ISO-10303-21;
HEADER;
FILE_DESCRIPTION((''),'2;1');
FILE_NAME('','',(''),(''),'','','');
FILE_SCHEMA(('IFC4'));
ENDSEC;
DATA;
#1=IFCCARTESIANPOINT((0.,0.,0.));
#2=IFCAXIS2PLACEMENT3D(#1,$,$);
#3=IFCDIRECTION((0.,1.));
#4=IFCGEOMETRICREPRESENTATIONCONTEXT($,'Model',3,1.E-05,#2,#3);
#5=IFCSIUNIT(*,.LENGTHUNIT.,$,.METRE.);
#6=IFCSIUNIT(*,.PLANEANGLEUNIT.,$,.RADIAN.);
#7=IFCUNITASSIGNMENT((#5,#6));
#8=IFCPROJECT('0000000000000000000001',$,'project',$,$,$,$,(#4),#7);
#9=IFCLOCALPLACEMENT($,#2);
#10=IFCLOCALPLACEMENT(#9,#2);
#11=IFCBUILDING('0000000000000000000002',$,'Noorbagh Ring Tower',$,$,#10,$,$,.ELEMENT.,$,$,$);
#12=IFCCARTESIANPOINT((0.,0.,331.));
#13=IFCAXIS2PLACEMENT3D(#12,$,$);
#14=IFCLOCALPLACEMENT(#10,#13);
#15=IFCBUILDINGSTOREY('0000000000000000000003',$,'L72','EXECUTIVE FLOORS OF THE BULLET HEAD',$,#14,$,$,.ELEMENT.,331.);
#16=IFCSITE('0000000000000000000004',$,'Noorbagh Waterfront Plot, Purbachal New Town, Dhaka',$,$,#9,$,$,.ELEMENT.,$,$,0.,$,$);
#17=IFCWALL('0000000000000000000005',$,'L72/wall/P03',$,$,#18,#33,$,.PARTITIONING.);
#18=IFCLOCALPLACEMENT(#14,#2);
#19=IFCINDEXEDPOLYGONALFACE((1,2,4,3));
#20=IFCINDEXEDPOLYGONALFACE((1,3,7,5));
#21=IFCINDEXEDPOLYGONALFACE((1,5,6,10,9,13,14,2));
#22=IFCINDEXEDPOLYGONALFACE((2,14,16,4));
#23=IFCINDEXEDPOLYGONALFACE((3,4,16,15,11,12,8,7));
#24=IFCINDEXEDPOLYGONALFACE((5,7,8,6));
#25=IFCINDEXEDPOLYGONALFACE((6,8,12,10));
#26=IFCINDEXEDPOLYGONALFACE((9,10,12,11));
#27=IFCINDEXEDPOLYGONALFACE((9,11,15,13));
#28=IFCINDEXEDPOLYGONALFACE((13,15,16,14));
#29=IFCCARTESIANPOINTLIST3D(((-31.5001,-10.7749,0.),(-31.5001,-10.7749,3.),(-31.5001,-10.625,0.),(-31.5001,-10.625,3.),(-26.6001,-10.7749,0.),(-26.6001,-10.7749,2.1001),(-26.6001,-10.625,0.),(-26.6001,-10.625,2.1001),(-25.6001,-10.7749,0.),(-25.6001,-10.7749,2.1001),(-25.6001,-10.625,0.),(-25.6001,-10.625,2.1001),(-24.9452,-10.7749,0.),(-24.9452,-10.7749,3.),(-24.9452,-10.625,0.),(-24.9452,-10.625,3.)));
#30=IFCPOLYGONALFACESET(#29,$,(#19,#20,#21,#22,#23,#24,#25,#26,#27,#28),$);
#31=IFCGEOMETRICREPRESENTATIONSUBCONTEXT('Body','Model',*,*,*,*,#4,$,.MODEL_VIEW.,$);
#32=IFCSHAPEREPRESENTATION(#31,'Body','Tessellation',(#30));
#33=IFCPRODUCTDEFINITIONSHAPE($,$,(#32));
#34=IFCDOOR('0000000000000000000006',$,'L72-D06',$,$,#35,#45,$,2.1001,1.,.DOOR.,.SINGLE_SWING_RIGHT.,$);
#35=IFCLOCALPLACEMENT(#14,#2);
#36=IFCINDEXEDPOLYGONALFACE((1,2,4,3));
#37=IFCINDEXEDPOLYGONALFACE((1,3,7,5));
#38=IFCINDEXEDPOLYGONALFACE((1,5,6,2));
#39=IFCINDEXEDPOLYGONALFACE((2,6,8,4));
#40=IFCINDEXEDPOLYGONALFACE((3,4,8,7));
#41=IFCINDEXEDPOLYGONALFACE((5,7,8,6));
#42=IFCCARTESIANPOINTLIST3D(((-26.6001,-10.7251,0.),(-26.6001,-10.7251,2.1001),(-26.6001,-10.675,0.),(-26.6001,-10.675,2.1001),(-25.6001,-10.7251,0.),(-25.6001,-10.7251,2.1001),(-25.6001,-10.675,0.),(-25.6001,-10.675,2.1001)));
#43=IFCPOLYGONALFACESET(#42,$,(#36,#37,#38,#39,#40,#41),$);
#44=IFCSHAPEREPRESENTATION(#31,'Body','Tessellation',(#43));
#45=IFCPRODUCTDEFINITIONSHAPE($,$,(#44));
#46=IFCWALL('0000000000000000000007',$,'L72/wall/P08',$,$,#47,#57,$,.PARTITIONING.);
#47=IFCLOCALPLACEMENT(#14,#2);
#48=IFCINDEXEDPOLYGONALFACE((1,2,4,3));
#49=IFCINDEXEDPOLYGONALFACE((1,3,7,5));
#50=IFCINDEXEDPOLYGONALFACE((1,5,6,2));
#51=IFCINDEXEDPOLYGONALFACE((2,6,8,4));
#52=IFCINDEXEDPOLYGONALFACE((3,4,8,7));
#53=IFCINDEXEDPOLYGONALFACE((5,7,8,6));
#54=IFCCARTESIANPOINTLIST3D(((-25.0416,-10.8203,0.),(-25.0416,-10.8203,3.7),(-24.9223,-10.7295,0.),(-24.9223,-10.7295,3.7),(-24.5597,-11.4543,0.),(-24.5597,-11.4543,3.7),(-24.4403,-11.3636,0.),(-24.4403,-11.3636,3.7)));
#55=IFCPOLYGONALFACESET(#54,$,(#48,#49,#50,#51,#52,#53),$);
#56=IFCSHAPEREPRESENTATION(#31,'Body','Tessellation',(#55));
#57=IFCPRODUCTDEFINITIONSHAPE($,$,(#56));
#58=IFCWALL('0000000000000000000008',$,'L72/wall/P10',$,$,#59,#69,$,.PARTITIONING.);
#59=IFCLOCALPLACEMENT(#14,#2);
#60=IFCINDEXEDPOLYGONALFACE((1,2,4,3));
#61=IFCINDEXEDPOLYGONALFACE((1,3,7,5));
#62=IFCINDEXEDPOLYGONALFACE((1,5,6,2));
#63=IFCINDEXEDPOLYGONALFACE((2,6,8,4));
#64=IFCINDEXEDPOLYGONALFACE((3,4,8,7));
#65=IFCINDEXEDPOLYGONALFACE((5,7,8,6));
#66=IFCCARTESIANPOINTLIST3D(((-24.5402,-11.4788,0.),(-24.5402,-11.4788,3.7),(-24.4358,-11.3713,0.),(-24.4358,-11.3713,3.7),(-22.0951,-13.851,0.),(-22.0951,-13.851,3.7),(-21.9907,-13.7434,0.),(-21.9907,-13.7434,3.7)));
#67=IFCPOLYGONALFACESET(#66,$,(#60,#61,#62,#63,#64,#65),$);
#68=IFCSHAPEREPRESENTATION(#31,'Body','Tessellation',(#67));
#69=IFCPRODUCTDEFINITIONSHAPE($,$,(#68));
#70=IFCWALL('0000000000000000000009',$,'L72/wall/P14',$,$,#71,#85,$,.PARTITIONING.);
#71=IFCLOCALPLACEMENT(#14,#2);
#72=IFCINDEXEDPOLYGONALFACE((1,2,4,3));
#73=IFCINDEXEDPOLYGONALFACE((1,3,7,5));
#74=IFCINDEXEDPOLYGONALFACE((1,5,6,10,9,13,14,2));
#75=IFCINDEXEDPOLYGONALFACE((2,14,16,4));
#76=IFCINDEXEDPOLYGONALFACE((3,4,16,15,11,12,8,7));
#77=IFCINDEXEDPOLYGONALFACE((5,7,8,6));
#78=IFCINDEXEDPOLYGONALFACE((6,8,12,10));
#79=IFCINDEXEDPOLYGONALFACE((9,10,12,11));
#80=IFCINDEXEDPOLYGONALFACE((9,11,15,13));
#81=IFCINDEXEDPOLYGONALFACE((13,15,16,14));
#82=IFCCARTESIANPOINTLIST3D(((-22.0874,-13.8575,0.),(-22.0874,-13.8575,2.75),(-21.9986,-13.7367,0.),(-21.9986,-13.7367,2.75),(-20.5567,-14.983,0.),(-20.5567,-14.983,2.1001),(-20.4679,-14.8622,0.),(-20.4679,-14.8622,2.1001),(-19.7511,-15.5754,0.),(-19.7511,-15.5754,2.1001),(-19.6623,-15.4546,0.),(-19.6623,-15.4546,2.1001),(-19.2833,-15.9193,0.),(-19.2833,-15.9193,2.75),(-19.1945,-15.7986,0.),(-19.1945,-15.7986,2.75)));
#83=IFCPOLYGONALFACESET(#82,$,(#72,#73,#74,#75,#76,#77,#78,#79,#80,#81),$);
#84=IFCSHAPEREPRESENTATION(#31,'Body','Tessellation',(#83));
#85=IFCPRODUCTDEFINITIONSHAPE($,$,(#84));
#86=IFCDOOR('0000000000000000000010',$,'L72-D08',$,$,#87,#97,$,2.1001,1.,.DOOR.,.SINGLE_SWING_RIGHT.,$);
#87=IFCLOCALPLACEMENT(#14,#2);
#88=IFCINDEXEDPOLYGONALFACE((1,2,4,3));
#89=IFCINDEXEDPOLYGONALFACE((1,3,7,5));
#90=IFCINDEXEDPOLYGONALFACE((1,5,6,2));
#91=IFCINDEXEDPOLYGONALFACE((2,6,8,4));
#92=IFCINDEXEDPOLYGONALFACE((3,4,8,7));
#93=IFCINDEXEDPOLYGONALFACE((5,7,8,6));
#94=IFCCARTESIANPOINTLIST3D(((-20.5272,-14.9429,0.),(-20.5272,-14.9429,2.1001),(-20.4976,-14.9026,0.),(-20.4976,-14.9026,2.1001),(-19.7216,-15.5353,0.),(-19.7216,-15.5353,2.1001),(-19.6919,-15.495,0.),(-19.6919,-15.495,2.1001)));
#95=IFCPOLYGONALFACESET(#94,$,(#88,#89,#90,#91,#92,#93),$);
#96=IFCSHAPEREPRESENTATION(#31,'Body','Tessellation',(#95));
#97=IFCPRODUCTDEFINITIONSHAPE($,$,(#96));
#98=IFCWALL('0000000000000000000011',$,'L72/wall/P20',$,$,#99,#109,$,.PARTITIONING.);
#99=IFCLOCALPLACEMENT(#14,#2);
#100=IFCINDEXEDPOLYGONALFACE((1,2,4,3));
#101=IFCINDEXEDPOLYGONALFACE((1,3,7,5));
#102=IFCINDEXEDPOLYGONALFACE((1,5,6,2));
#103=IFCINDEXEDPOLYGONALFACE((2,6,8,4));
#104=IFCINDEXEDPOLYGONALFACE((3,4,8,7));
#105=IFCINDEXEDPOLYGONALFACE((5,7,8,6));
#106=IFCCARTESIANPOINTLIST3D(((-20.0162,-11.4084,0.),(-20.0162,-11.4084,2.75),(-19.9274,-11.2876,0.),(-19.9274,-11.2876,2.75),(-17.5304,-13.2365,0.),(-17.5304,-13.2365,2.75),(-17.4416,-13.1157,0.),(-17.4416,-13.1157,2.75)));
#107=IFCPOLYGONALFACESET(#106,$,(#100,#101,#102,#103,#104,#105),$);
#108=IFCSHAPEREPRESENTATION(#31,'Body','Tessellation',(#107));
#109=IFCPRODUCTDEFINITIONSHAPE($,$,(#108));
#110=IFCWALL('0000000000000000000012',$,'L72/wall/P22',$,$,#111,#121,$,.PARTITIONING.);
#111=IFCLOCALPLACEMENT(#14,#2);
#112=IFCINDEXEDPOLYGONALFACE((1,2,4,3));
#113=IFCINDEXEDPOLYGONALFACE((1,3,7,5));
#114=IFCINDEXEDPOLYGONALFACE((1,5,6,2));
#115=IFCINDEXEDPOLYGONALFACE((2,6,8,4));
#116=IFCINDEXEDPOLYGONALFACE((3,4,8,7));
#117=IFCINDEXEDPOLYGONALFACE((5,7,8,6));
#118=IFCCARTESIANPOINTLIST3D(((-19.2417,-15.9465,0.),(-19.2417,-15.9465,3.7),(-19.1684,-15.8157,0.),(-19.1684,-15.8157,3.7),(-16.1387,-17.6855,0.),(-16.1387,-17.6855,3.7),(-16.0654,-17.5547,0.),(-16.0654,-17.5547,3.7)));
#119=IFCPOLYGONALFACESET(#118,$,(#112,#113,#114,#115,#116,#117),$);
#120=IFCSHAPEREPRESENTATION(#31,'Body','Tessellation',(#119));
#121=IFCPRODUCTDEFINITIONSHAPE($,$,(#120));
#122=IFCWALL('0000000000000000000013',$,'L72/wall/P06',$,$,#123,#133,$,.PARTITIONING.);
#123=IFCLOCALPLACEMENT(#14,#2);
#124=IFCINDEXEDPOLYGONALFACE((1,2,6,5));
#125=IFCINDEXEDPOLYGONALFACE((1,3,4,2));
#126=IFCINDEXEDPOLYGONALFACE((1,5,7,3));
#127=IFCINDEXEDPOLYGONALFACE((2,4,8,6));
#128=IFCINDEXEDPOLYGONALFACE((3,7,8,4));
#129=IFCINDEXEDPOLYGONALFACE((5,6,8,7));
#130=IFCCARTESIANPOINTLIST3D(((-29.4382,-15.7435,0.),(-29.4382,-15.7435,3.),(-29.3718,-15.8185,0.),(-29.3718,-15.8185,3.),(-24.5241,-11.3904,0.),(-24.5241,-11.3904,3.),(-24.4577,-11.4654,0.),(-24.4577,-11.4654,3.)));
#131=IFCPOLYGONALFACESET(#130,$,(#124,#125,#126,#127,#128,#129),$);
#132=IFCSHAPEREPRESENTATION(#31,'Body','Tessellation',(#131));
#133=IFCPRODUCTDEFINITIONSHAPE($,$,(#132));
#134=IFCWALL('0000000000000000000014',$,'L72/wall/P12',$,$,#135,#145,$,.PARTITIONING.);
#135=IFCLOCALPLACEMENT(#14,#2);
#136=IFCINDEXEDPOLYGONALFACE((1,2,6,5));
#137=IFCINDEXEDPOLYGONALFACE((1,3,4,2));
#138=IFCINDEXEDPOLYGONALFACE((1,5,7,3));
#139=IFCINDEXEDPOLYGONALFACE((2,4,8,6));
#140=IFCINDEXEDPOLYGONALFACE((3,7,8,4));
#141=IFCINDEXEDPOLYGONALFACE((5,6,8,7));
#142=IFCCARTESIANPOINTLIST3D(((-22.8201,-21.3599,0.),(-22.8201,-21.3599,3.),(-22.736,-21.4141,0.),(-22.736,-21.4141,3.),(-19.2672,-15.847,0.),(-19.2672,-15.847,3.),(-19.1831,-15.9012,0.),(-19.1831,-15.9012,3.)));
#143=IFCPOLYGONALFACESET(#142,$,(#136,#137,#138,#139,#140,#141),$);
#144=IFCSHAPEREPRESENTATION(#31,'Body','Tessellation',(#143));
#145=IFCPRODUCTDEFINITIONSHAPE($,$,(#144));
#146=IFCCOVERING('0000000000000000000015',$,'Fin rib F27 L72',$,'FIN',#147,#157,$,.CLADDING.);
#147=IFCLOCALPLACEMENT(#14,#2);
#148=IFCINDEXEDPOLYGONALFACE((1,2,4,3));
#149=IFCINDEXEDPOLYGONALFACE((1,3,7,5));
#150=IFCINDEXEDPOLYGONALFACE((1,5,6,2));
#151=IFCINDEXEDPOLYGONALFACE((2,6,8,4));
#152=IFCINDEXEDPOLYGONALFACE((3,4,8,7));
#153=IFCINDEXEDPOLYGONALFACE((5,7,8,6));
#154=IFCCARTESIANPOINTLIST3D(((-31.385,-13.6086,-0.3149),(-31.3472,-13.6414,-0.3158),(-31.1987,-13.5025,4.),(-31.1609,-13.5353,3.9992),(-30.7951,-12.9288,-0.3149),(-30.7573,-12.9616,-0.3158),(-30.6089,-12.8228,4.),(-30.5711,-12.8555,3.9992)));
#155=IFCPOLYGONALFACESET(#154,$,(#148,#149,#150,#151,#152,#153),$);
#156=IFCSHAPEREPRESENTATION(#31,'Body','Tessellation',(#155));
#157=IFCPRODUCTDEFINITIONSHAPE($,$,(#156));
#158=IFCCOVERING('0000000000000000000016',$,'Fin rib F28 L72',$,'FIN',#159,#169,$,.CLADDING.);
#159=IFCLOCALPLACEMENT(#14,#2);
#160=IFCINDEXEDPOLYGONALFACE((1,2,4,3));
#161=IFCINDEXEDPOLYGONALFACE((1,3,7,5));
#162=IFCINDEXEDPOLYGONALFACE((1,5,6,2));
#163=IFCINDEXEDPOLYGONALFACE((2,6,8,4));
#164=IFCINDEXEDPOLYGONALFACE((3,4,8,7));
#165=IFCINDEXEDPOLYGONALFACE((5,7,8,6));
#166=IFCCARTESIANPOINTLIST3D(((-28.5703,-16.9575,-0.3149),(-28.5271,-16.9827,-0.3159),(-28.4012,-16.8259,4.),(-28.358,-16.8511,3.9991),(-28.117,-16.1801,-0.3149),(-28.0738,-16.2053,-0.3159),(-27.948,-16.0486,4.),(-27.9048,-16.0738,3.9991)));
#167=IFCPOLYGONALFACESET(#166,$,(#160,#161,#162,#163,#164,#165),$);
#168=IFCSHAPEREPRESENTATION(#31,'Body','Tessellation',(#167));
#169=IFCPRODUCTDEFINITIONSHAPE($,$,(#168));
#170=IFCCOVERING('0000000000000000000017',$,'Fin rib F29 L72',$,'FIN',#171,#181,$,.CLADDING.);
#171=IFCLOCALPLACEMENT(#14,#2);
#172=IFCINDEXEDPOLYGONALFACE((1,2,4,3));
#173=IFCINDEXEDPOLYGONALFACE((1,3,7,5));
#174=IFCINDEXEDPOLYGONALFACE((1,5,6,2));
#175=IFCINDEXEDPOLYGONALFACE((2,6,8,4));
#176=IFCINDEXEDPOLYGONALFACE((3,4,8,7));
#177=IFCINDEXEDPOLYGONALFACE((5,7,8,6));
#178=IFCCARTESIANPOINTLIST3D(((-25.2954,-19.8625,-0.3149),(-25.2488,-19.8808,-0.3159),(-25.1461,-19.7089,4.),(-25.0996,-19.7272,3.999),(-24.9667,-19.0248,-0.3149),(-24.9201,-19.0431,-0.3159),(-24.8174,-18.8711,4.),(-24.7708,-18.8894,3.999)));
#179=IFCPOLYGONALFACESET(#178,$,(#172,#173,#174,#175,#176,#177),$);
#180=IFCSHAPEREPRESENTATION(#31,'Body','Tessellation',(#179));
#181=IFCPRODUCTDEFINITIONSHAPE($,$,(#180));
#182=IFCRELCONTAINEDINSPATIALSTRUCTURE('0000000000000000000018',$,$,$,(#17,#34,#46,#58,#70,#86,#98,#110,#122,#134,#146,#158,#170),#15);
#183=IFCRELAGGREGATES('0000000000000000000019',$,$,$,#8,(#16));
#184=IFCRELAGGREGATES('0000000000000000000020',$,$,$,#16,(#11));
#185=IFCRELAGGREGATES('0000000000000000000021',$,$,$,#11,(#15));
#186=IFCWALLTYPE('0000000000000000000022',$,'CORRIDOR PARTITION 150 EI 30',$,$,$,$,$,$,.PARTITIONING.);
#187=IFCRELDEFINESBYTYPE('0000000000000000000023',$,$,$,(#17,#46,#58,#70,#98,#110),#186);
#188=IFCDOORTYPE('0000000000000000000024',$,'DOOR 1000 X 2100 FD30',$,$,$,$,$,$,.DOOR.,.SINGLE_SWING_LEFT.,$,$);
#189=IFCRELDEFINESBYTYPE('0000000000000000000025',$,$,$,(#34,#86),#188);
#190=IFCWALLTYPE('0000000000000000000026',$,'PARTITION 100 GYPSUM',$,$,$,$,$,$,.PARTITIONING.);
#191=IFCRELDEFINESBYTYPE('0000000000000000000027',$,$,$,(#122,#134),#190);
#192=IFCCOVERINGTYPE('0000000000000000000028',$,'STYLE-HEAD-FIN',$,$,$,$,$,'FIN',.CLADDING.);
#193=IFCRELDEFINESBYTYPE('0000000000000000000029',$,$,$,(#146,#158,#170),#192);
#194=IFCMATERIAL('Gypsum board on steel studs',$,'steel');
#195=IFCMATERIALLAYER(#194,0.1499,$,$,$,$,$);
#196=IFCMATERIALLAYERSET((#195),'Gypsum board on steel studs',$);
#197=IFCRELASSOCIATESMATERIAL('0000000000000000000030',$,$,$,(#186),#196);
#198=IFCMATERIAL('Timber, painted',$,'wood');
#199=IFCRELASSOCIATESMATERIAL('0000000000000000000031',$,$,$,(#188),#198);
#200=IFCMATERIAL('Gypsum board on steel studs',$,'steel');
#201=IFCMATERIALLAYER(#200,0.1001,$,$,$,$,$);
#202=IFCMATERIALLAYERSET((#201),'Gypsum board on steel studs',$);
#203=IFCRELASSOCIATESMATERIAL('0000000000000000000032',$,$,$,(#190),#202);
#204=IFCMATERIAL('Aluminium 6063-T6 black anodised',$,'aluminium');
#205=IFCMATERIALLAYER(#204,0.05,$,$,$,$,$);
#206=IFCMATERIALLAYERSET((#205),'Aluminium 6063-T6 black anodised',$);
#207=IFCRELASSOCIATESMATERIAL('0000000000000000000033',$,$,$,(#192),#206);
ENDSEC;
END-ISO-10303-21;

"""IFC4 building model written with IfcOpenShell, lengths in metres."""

from ifc_helpers import new_model, si_unit, direction, frame, frame_2d, origin, place, context, subcontext, project, spatial, polyline, rectangle, outline, extrude, material, layer, layer_set, type_object, element, fill, save


model = new_model("IFC4")

# Units and contexts
model_context = context("Model", 3, precision=1e-05, world=origin(), true_north=direction((0.0, 1.0)))
body_context = subcontext(model_context, "Body", "Model", "MODEL_VIEW")
ifc_project = project(units=[si_unit("LENGTHUNIT", "METRE"), si_unit("PLANEANGLEUNIT", "RADIAN")], contexts=[model_context])

# Site, building, storey
site_placement = place(None, origin())
site = spatial("IfcSite", under=ifc_project, at=site_placement, Name="Noorbagh Waterfront Plot, Purbachal New Town, Dhaka", CompositionType="ELEMENT", RefElevation=0.0)
building_placement = place(site_placement, origin())
building = spatial("IfcBuilding", under=site, at=building_placement, Name="Noorbagh Ring Tower", CompositionType="ELEMENT")
storey_placement = place(building_placement, frame((0.0, 0.0, 331.0)))
storey = spatial("IfcBuildingStorey", under=building, at=storey_placement, Name="L72", Description="EXECUTIVE FLOORS OF THE BULLET HEAD", CompositionType="ELEMENT", Elevation=331.0)

# Shared definitions
ifc_material_1 = material(Name="Gypsum board on steel studs", Category="steel")
ifc_layer_1 = layer(ifc_material_1, 0.1499)
ifc_layer_set_1 = layer_set([ifc_layer_1], Name="Gypsum board on steel studs")
wall_type_1 = type_object("IfcWallType", Name="CORRIDOR PARTITION 150 EI 30", PredefinedType="PARTITIONING", material=ifc_layer_set_1)

# Wall, opening, door
wall_1_placement = place(storey_placement, frame((-31.5, -10.7, 0.0), z_axis=(0.0, 0.0, 1.0), x_axis=(1.0, 0.0, 0.0)))
wall_1 = element("IfcWall", 1, at=wall_1_placement, inside=storey, type_object=wall_type_1, Name="L72/wall/P03", PredefinedType="PARTITIONING", context=body_context, shape_type="SweptSolid", body=[
    extrude(rectangle(XDim=6.5549, YDim=0.1499, at=frame_2d((3.2773, 0.0))), origin(), (0.0, 0.0, 1.0), 3.0),
])
opening_1_placement = place(wall_1_placement, frame((4.8999, 0.0, 0.0)))
opening_1 = element("IfcOpeningElement", 2, at=opening_1_placement, cuts=wall_1, PredefinedType="OPENING", context=body_context, shape_type="SweptSolid", body=[
    extrude(rectangle(XDim=1.0, YDim=2.1001, at=frame_2d((0.5, 1.05))), frame((0.0, 0.085, 0.0), z_axis=(0.0, -1.0, 0.0), x_axis=(1.0, 0.0, 0.0)), (0.0, 0.0, 1.0), 0.1699),
])
ifc_material_2 = material(Name="Timber, painted", Category="wood")
door_type = type_object("IfcDoorType", Name="DOOR 1000 X 2100 FD30", OperationType="SINGLE_SWING_LEFT", PredefinedType="DOOR", material=ifc_material_2)
door_1_placement = place(opening_1_placement, origin())
door_1 = element("IfcDoor", 3, at=door_1_placement, inside=storey, type_object=door_type, Name="L72-D06", OperationType="SINGLE_SWING_RIGHT", OverallHeight=2.1001, OverallWidth=1.0, PredefinedType="DOOR", context=body_context, shape_type="SweptSolid", body=[
    extrude(rectangle(XDim=1.0, YDim=2.1001, at=frame_2d((0.5, 1.05))), frame((0.0, 0.0249, 0.0), z_axis=(0.0, -1.0, 0.0), x_axis=(1.0, 0.0, 0.0)), (0.0, 0.0, 1.0), 0.05),
])
fill(opening_1, door_1)

# Walls
wall_2_placement = place(storey_placement, frame((-24.9819, -10.7749, 0.0), z_axis=(0.0, 0.0, 1.0), x_axis=(0.605138, -0.796121, 0.0)))
element("IfcWall", 4, at=wall_2_placement, inside=storey, type_object=wall_type_1, Name="L72/wall/P08", PredefinedType="PARTITIONING", context=body_context, shape_type="SweptSolid", body=[
    extrude(rectangle(XDim=0.7964, YDim=0.1499, at=frame_2d((0.3982, 0.0))), origin(), (0.0, 0.0, 1.0), 3.7),
])
wall_3_placement = place(storey_placement, frame((-24.488, -11.425, 0.0), z_axis=(0.0, 0.0, 1.0), x_axis=(0.71774, -0.696311, 0.0)))
element("IfcWall", 5, at=wall_3_placement, inside=storey, type_object=wall_type_1, Name="L72/wall/P10", PredefinedType="PARTITIONING", context=body_context, shape_type="SweptSolid", body=[
    extrude(rectangle(XDim=3.4067, YDim=0.1499, at=frame_2d((1.7034, 0.0))), origin(), (0.0, 0.0, 1.0), 3.7),
])

# Wall, opening, door
wall_4_placement = place(storey_placement, frame((-22.043, -13.7971, 0.0), z_axis=(0.0, 0.0, 1.0), x_axis=(0.805646, -0.592397, 0.0)))
wall_4 = element("IfcWall", 6, at=wall_4_placement, inside=storey, type_object=wall_type_1, Name="L72/wall/P14", PredefinedType="PARTITIONING", context=body_context, shape_type="SweptSolid", body=[
    extrude(rectangle(XDim=3.4805, YDim=0.1499, at=frame_2d((1.7402, 0.0))), origin(), (0.0, 0.0, 1.0), 2.75),
])
opening_2_placement = place(wall_4_placement, frame((1.8999, 0.0, 0.0)))
opening_2 = element("IfcOpeningElement", 7, at=opening_2_placement, cuts=wall_4, PredefinedType="OPENING", context=body_context, shape_type="SweptSolid", body=[
    extrude(rectangle(XDim=1.0, YDim=2.1001, at=frame_2d((0.5, 1.05))), frame((0.0, 0.085, 0.0), z_axis=(0.0, -1.0, 0.0), x_axis=(1.0, 0.0, 0.0)), (0.0, 0.0, 1.0), 0.1699),
])
door_2_placement = place(opening_2_placement, origin())
door_2 = element("IfcDoor", 8, at=door_2_placement, inside=storey, type_object=door_type, Name="L72-D08", OperationType="SINGLE_SWING_RIGHT", OverallHeight=2.1001, OverallWidth=1.0, PredefinedType="DOOR", context=body_context, shape_type="SweptSolid", body=[
    extrude(rectangle(XDim=1.0, YDim=2.1001, at=frame_2d((0.5, 1.05))), frame((0.0, 0.0249, 0.0), z_axis=(0.0, -1.0, 0.0), x_axis=(1.0, 0.0, 0.0)), (0.0, 0.0, 1.0), 0.05),
])
fill(opening_2, door_2)

# Walls
wall_5_placement = place(storey_placement, frame((-19.9719, -11.3479, 0.0), z_axis=(0.0, 0.0, 1.0), x_axis=(0.805604, -0.592454, 0.0)))
element("IfcWall", 9, at=wall_5_placement, inside=storey, type_object=wall_type_1, Name="L72/wall/P20", PredefinedType="PARTITIONING", context=body_context, shape_type="SweptSolid", body=[
    extrude(rectangle(XDim=3.0857, YDim=0.1499, at=frame_2d((1.543, 0.0))), origin(), (0.0, 0.0, 1.0), 2.75),
])
wall_6_placement = place(storey_placement, frame((-19.2051, -15.8811, 0.0), z_axis=(0.0, 0.0, 1.0), x_axis=(0.872348, -0.488885, 0.0)))
element("IfcWall", 10, at=wall_6_placement, inside=storey, type_object=wall_type_1, Name="L72/wall/P22", PredefinedType="PARTITIONING", context=body_context, shape_type="SweptSolid", body=[
    extrude(rectangle(XDim=3.5571, YDim=0.1499, at=frame_2d((1.7786, 0.0))), origin(), (0.0, 0.0, 1.0), 3.7),
])
ifc_material_3 = material(Name="Gypsum board on steel studs", Category="steel")
ifc_layer_2 = layer(ifc_material_3, 0.1001)
ifc_layer_set_2 = layer_set([ifc_layer_2], Name="Gypsum board on steel studs")
wall_type_2 = type_object("IfcWallType", Name="PARTITION 100 GYPSUM", PredefinedType="PARTITIONING", material=ifc_layer_set_2)
wall_7_placement = place(storey_placement, frame((-29.405, -15.781, 0.0), z_axis=(0.0, 0.0, 1.0), x_axis=(0.748545, 0.663084, 0.0)))
element("IfcWall", 11, at=wall_7_placement, inside=storey, type_object=wall_type_2, Name="L72/wall/P06", PredefinedType="PARTITIONING", context=body_context, shape_type="SweptSolid", body=[
    extrude(rectangle(XDim=6.5649, YDim=0.1001, at=frame_2d((3.2825, 0.0))), origin(), (0.0, 0.0, 1.0), 3.0),
])
wall_8_placement = place(storey_placement, frame((-22.7781, -21.387, 0.0), z_axis=(0.0, 0.0, 1.0), x_axis=(0.541722, 0.840557, 0.0)))
element("IfcWall", 12, at=wall_8_placement, inside=storey, type_object=wall_type_2, Name="L72/wall/P12", PredefinedType="PARTITIONING", context=body_context, shape_type="SweptSolid", body=[
    extrude(rectangle(XDim=6.5586, YDim=0.1001, at=frame_2d((3.2793, 0.0))), origin(), (0.0, 0.0, 1.0), 3.0),
])

# Coverings
ifc_material_4 = material(Name="Aluminium 6063-T6 black anodised", Category="aluminium")
ifc_layer_3 = layer(ifc_material_4, 0.05)
ifc_layer_set_3 = layer_set([ifc_layer_3], Name="Aluminium 6063-T6 black anodised")
covering_type_1 = type_object("IfcCoveringType", Name="STYLE-HEAD-FIN", ElementType="FIN", PredefinedType="CLADDING", material=ifc_layer_set_3)
covering_1_placement = place(storey_placement, frame((-31.385, -13.6086, -0.3149), z_axis=(-0.755215, 0.65527, 0.016494), x_axis=(0.043132, 0.02457, 0.998767)))
element("IfcCovering", 13, at=covering_1_placement, inside=storey, type_object=covering_type_1, Name="Fin rib F27 L72", ObjectType="FIN", PredefinedType="CLADDING", context=body_context, shape_type="SweptSolid", body=[
    extrude(outline(polyline([(0.0, 0.0), (4.3203, 0.0), (4.3624, 0.899), (0.0421, 0.8991), (0.0, 0.0)])), origin(), (0.0, 0.0, -1.0), 0.05),
])
covering_2_placement = place(storey_placement, frame((-28.5703, -16.9575, -0.3149), z_axis=(-0.86373, 0.503616, 0.018484), x_axis=(0.039141, 0.030472, 0.998769)))
element("IfcCovering", 14, at=covering_2_placement, inside=storey, type_object=covering_type_1, Name="Fin rib F28 L72", ObjectType="FIN", PredefinedType="CLADDING", context=body_context, shape_type="SweptSolid", body=[
    extrude(outline(polyline([(0.0, 0.0), (4.3203, 0.0), (4.3617, 0.8988), (0.0414, 0.8989), (0.0, 0.0)])), origin(), (0.0, 0.0, -1.0), 0.05),
])
covering_3_placement = place(storey_placement, frame((-25.2954, -19.8625, -0.3149), z_axis=(-0.930727, 0.365212, 0.019194), x_axis=(0.03455, 0.035559, 0.99877)))
element("IfcCovering", 15, at=covering_3_placement, inside=storey, type_object=covering_type_1, Name="Fin rib F29 L72", ObjectType="FIN", PredefinedType="CLADDING", context=body_context, shape_type="SweptSolid", body=[
    extrude(outline(polyline([(0.0, 0.0), (4.3203, 0.0), (4.3614, 0.8991), (0.0411, 0.8989), (0.0, 0.0)])), origin(), (0.0, 0.0, -1.0), 0.05),
])

save(model, "model.ifc")
